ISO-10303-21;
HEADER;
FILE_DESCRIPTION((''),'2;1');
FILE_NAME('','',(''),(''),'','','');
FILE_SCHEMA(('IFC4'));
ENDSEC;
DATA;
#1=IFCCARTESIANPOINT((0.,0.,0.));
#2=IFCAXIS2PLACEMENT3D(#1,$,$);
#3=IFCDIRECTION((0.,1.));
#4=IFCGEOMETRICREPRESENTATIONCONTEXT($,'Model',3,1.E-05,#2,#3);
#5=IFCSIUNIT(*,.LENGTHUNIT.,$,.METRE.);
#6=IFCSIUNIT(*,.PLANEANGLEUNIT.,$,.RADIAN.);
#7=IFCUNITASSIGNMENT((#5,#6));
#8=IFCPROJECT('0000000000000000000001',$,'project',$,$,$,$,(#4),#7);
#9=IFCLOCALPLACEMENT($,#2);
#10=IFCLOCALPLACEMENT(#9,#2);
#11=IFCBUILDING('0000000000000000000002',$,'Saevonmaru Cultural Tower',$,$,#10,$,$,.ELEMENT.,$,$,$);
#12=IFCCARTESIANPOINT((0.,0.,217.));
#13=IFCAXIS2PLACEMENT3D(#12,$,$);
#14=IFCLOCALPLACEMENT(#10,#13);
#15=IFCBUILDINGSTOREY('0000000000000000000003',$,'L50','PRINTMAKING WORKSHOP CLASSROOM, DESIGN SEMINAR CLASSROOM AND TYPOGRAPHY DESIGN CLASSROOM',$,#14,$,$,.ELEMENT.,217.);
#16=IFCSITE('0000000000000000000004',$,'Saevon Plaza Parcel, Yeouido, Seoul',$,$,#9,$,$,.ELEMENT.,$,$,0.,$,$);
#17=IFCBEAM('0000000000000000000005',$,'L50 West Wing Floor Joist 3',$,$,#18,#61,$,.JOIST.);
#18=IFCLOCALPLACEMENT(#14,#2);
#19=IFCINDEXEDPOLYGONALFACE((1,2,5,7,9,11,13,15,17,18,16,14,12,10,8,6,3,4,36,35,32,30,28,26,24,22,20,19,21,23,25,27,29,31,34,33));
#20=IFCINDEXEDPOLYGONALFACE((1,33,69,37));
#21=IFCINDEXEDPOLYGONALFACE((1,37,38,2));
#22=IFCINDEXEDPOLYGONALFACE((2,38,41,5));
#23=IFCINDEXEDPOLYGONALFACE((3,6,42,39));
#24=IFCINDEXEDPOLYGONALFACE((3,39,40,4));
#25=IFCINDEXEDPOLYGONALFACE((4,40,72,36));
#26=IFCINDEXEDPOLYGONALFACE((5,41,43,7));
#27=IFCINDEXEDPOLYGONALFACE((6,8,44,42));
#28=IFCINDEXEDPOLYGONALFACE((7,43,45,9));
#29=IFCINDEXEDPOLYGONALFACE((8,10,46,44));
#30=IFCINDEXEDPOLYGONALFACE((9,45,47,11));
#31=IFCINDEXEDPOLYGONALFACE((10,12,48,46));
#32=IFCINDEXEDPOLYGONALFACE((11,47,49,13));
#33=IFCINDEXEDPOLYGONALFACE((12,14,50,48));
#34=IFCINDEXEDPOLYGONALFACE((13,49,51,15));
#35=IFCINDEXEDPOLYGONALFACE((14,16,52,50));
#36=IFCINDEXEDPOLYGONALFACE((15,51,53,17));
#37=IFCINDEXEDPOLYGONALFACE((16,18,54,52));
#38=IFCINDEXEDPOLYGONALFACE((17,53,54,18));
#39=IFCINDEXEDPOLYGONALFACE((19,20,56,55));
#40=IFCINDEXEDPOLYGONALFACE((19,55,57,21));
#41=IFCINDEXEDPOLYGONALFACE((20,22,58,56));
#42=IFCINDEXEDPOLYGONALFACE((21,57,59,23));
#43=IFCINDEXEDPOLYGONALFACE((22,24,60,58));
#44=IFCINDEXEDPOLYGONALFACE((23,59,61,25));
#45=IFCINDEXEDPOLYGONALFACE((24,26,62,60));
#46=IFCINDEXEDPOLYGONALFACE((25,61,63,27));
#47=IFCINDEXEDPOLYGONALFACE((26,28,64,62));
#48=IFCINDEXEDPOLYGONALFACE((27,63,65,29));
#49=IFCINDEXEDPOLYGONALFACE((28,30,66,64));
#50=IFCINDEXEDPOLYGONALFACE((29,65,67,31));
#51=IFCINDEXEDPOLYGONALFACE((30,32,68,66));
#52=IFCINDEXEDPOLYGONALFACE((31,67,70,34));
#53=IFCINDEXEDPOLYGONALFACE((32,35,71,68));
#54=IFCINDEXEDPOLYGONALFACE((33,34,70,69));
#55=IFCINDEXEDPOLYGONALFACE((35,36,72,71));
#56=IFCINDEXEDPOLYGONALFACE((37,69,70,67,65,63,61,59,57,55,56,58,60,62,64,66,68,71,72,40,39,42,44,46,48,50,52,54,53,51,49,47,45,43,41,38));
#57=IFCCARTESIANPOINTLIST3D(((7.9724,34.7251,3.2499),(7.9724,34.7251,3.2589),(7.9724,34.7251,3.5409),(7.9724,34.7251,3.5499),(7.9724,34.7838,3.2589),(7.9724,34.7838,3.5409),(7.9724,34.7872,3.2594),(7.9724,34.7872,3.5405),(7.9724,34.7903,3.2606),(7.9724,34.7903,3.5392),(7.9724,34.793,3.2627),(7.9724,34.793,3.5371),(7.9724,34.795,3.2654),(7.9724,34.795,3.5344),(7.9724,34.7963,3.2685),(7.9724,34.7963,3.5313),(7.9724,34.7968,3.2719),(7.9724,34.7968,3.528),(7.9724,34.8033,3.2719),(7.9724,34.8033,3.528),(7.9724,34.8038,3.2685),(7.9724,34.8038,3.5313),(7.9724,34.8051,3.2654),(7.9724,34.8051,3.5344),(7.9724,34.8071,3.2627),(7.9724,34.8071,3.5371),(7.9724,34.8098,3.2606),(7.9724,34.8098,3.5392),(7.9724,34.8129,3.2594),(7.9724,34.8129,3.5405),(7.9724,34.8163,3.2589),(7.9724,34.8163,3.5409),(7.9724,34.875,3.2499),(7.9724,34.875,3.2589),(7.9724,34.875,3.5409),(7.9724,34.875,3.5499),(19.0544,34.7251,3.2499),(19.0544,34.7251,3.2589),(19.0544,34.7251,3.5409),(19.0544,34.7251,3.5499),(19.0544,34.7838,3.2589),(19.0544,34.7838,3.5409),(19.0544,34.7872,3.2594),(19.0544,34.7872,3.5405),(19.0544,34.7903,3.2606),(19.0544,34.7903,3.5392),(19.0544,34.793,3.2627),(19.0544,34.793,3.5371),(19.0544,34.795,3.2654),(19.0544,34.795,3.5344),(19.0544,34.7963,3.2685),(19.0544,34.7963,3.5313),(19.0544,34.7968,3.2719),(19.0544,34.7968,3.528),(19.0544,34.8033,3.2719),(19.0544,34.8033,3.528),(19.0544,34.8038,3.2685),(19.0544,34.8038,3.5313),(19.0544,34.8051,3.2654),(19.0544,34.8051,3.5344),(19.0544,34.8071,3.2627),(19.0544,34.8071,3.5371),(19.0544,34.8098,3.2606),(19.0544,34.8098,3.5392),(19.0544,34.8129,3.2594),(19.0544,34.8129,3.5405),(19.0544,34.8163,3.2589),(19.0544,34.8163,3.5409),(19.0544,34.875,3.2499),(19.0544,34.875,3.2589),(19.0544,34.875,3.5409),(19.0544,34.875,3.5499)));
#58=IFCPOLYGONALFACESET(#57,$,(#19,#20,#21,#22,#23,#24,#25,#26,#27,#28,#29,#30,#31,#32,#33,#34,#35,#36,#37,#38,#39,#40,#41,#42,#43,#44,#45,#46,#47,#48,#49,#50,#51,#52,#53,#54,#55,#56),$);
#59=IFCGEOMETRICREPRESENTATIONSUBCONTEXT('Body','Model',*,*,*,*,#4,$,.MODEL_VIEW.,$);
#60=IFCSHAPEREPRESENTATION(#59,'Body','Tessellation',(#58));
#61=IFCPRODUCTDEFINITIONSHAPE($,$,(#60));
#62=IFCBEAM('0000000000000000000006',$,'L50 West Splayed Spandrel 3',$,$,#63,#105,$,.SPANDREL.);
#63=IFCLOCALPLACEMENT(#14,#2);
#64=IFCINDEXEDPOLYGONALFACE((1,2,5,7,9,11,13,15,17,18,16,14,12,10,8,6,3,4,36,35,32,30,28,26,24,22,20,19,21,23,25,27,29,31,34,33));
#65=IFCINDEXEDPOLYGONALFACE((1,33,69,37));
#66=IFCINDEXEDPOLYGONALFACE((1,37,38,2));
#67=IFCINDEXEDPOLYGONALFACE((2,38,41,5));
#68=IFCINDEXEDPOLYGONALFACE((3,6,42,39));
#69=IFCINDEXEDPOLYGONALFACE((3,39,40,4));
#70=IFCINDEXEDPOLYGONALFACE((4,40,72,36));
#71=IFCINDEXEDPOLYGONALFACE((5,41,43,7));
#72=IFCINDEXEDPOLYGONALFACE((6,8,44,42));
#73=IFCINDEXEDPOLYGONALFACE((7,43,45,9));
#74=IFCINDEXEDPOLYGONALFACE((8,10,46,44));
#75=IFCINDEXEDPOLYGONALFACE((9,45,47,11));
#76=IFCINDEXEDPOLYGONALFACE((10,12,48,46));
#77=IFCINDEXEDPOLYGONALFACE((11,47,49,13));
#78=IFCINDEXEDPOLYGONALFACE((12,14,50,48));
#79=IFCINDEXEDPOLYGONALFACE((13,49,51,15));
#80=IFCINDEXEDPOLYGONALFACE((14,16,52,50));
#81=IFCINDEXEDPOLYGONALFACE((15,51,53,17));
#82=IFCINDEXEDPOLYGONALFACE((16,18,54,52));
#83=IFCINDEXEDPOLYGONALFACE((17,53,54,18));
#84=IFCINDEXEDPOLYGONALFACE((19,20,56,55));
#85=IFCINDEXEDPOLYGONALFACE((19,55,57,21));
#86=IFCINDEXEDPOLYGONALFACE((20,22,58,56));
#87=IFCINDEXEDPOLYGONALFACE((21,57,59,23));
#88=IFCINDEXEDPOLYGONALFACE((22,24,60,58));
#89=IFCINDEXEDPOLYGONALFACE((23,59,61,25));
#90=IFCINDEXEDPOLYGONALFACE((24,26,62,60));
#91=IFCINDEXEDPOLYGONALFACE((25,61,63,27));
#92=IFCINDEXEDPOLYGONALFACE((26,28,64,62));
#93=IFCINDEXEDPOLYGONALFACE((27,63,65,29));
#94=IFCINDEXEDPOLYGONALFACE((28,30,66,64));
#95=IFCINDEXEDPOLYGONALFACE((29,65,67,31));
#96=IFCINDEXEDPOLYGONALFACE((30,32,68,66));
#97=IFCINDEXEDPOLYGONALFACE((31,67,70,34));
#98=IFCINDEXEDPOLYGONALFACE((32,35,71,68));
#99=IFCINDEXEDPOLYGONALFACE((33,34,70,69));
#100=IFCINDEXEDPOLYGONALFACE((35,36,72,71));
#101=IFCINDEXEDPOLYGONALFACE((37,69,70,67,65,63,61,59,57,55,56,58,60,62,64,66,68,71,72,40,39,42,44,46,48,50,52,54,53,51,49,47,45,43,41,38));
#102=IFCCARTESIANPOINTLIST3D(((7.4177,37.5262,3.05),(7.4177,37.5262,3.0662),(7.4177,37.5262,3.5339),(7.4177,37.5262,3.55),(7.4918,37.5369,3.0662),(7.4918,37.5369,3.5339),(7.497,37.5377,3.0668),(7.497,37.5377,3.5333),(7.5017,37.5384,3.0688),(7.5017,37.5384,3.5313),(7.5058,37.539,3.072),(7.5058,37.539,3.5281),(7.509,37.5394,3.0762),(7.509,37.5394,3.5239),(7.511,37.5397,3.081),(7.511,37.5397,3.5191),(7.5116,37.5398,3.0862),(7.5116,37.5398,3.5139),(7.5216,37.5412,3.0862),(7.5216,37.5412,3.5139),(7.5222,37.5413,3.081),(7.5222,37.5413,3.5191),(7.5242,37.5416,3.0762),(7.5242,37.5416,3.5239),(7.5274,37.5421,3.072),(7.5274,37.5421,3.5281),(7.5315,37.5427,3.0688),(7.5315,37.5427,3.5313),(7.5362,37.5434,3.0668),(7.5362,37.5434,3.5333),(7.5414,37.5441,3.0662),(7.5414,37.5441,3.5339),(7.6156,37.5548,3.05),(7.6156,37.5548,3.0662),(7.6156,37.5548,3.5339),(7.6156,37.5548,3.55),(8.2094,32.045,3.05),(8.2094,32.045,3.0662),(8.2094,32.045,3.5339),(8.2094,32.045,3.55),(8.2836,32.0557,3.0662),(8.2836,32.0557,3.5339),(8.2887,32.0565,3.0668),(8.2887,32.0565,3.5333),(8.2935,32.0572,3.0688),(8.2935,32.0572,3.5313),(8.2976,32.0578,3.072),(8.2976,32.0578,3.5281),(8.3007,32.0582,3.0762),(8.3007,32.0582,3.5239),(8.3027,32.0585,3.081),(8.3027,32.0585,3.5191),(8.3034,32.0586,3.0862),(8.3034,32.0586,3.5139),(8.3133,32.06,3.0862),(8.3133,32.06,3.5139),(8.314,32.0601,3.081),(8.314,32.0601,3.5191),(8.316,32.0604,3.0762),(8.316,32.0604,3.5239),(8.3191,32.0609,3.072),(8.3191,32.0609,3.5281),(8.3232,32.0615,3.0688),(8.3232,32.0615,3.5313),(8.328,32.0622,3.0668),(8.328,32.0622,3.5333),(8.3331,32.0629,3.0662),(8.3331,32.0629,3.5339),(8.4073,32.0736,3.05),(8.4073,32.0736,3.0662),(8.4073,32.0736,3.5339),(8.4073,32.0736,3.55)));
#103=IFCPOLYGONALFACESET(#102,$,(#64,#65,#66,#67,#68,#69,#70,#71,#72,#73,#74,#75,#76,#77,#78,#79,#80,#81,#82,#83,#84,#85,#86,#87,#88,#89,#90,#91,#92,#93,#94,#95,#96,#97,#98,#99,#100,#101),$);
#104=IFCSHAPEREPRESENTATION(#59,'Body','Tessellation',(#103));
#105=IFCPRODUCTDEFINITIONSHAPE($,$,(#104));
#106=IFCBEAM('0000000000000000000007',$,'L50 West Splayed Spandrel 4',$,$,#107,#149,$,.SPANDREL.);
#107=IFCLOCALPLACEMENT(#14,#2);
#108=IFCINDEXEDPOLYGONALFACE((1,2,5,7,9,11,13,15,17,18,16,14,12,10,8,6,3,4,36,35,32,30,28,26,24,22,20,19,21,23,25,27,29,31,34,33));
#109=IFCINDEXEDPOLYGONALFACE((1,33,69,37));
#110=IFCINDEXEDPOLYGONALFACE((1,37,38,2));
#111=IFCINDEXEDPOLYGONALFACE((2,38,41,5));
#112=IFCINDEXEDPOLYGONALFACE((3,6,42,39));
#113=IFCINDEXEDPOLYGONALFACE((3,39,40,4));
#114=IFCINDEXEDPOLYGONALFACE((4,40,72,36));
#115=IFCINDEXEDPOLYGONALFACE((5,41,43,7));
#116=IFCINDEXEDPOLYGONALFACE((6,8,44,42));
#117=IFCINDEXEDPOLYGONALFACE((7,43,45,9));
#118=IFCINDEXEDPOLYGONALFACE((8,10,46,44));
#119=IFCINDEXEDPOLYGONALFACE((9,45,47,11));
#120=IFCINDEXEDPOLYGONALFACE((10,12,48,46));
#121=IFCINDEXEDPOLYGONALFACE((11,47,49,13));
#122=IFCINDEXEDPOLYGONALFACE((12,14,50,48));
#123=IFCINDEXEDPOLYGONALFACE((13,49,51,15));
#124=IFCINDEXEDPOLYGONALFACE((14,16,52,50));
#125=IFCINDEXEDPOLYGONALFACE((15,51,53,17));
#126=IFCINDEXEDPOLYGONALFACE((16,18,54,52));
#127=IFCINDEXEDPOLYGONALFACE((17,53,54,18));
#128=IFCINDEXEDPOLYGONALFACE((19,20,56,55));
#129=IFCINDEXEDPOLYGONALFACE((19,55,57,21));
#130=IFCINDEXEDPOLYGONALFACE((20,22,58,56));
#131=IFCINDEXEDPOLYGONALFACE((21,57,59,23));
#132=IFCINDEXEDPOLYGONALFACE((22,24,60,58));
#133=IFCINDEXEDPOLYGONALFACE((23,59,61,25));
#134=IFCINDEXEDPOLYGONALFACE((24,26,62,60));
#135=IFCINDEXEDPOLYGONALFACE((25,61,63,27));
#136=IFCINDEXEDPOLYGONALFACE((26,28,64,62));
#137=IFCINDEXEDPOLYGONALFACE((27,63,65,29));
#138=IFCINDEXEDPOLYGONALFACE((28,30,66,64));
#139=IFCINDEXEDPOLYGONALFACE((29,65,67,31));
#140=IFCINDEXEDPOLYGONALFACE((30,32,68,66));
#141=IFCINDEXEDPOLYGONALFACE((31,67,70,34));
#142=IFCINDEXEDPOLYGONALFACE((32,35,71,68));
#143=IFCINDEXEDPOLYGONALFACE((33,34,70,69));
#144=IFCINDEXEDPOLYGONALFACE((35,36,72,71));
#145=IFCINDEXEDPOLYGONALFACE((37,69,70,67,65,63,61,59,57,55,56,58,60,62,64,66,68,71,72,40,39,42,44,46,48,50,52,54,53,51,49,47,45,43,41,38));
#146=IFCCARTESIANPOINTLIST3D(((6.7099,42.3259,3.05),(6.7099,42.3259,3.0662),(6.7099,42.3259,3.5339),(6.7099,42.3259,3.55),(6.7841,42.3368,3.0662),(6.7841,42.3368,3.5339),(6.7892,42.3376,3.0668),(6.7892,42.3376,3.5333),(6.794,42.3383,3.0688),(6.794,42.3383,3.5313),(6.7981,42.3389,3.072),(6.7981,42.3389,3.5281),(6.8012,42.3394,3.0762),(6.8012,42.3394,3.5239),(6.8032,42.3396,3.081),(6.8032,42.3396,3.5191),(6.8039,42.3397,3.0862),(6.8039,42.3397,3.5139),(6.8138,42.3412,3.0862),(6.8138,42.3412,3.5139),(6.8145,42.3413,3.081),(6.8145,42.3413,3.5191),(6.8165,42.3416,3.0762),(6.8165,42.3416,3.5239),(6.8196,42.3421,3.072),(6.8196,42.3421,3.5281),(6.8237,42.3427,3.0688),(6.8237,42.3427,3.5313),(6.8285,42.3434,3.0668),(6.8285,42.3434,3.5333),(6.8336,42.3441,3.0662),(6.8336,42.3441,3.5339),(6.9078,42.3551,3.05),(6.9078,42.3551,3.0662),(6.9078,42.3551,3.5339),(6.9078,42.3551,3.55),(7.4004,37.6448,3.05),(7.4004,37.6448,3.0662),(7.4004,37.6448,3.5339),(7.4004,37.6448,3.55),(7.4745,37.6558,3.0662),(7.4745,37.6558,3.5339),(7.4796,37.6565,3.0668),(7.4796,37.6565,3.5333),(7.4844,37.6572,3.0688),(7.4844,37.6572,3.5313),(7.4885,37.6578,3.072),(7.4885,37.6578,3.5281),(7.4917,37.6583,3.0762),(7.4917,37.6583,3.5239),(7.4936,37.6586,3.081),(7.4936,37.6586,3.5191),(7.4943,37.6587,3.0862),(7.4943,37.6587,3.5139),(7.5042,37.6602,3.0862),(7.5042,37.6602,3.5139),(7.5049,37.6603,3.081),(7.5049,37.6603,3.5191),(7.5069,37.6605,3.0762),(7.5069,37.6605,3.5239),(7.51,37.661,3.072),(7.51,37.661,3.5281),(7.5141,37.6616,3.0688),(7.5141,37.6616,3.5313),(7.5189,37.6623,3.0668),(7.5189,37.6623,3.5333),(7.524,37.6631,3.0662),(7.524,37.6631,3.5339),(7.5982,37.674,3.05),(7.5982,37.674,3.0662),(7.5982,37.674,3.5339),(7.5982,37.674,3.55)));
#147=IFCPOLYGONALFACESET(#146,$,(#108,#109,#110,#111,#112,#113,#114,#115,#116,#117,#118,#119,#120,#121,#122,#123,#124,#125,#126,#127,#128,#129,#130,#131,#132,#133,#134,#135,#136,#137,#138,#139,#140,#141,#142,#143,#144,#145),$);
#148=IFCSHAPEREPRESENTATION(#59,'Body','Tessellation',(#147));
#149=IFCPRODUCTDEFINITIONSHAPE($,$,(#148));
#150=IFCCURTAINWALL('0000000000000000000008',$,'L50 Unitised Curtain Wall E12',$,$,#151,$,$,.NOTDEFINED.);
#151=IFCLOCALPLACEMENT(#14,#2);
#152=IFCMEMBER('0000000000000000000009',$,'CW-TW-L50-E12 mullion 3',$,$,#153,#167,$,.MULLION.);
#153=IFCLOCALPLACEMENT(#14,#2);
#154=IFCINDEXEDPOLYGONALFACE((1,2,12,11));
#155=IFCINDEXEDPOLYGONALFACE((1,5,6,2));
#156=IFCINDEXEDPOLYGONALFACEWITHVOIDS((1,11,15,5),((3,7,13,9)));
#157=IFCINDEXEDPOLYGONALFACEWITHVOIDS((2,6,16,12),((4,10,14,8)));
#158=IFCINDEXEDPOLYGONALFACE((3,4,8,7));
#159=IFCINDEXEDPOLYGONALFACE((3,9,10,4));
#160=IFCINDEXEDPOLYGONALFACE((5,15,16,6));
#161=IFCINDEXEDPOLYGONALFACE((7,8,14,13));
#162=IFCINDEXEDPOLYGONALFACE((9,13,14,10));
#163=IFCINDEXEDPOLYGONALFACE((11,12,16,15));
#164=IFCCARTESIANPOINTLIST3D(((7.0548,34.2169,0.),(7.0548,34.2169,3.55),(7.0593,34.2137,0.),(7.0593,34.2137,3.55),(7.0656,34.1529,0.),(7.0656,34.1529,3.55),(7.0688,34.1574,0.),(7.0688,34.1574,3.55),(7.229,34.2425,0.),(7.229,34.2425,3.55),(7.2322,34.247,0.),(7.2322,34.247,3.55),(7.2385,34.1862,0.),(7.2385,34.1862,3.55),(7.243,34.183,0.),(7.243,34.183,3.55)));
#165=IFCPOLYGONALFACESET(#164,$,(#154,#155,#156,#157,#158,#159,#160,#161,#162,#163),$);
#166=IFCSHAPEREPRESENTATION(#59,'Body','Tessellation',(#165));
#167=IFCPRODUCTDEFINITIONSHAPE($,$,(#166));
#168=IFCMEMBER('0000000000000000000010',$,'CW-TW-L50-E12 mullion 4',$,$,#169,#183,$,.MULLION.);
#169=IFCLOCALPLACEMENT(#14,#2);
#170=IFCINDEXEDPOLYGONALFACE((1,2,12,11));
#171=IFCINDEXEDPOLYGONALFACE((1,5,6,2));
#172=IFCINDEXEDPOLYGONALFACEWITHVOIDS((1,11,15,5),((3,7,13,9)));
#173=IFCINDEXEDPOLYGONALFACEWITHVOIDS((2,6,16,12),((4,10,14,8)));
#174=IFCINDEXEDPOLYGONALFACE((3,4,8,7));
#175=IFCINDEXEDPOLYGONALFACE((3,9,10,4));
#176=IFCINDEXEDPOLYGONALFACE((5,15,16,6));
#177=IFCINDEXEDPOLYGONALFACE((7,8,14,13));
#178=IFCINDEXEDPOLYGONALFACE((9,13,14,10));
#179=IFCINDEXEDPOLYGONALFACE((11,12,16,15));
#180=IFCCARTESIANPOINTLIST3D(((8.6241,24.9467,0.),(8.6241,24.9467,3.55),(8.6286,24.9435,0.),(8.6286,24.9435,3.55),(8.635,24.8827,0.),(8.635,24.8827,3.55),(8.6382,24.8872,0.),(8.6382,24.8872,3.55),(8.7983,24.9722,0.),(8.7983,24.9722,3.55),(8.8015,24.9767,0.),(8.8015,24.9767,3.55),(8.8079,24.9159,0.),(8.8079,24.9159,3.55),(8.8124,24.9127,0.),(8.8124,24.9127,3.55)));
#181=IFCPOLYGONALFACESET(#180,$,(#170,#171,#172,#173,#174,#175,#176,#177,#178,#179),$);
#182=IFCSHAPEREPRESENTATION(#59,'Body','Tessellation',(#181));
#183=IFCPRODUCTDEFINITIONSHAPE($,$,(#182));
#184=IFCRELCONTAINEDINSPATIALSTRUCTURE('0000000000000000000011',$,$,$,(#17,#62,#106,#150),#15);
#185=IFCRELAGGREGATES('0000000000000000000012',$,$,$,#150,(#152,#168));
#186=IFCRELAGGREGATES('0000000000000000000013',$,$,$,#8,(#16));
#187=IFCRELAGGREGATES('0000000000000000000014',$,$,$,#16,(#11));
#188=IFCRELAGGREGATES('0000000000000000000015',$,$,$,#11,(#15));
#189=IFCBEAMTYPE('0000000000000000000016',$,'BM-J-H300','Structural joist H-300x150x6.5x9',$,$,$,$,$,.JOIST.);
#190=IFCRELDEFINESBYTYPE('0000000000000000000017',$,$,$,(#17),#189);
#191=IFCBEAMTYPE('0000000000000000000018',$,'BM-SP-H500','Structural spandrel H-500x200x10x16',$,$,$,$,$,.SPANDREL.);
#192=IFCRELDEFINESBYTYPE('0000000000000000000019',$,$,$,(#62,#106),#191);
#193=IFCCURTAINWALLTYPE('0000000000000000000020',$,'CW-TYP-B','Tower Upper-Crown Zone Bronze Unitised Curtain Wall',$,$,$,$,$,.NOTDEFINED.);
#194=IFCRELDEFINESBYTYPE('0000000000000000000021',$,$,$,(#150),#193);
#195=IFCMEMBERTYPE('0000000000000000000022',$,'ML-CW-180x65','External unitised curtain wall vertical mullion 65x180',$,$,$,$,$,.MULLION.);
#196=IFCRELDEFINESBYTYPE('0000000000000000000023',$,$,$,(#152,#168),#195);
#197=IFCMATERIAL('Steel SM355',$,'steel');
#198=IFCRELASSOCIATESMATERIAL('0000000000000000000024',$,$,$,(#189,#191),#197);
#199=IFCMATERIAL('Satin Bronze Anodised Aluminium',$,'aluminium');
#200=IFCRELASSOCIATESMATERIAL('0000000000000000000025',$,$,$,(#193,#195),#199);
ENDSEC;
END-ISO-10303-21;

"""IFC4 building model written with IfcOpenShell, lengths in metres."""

from ifc_helpers import new_model, si_unit, direction, frame, origin, origin_2d, place, context, subcontext, project, spatial, hollow_rectangle, i_section, extrude, material, material_profile, profile_set, type_object, element, aggregate, save


model = new_model("IFC4")

# Units and contexts
model_context = context("Model", 3, precision=1e-05, world=origin(), true_north=direction((0.0, 1.0)))
body_context = subcontext(model_context, "Body", "Model", "MODEL_VIEW")
ifc_project = project(units=[si_unit("LENGTHUNIT", "METRE"), si_unit("PLANEANGLEUNIT", "RADIAN")], contexts=[model_context])

# Site, building, storey
site_placement = place(None, origin())
site = spatial("IfcSite", under=ifc_project, at=site_placement, Name="Saevon Plaza Parcel, Yeouido, Seoul", CompositionType="ELEMENT", RefElevation=0.0)
building_placement = place(site_placement, origin())
building = spatial("IfcBuilding", under=site, at=building_placement, Name="Saevonmaru Cultural Tower", CompositionType="ELEMENT")
storey_placement = place(building_placement, frame((0.0, 0.0, 217.0)))
storey = spatial("IfcBuildingStorey", under=building, at=storey_placement, Name="L50", Description="PRINTMAKING WORKSHOP CLASSROOM, DESIGN SEMINAR CLASSROOM AND TYPOGRAPHY DESIGN CLASSROOM", CompositionType="ELEMENT", Elevation=217.0)

# Beams
ifc_material_1 = material(Name="Steel SM355", Category="steel")
ifc_material_profile_1 = material_profile(ifc_material_1, i_section(OverallWidth=0.1499, OverallDepth=0.3, WebThickness=0.0066, FlangeThickness=0.009, FilletRadius=0.0129, at=origin_2d()), Name="H-300x150x6.5x9")
ifc_profile_set_1 = profile_set([ifc_material_profile_1], Name="Steel SM355")
beam_type_1 = type_object("IfcBeamType", Name="BM-J-H300", Description="Structural joist H-300x150x6.5x9", PredefinedType="JOIST", material=ifc_profile_set_1)
for number, where, z_axis, x_axis, name in (
    (1, (7.9724, 34.8, 3.3999), (1.0, 0.0, 0.0), (0.0, 1.0, 0.0), "L50 West Wing Floor Joist 3"),
):
    element("IfcBeam", number, at=place(storey_placement, frame(where, z_axis=z_axis, x_axis=x_axis)), inside=storey, type_object=beam_type_1, Name=name, PredefinedType="JOIST", context=body_context, shape_type="SweptSolid", body=[
        extrude(i_section(OverallWidth=0.1499, OverallDepth=0.3, WebThickness=0.0066, FlangeThickness=0.009, FilletRadius=0.0129, at=origin_2d()), origin(), (0.0, 0.0, 1.0), 11.082),
    ])
ifc_material_profile_2 = material_profile(ifc_material_1, i_section(OverallWidth=0.2, OverallDepth=0.5, WebThickness=0.01, FlangeThickness=0.0161, FilletRadius=0.02, at=origin_2d()), Name="H-500x200x10x16")
ifc_profile_set_2 = profile_set([ifc_material_profile_2], Name="Steel SM355")
beam_type_2 = type_object("IfcBeamType", Name="BM-SP-H500", Description="Structural spandrel H-500x200x10x16", PredefinedType="SPANDREL", material=ifc_profile_set_2)
beam_1_placement = place(storey_placement, frame((8.3083, 32.0593, 3.3), z_axis=(-0.142964, 0.989728, 0.0), x_axis=(-0.989728, -0.142964, 0.0)))
element("IfcBeam", 2, at=beam_1_placement, inside=storey, type_object=beam_type_2, Name="L50 West Splayed Spandrel 3", PredefinedType="SPANDREL", context=body_context, shape_type="SweptSolid", body=[
    extrude(i_section(OverallWidth=0.2, OverallDepth=0.5, WebThickness=0.01, FlangeThickness=0.0161, FilletRadius=0.02, at=origin_2d()), origin(), (0.0, 0.0, 1.0), 5.5381),
])
beam_2_placement = place(storey_placement, frame((7.4993, 37.6594, 3.3), z_axis=(-0.145913, 0.989297, 0.0), x_axis=(-0.989297, -0.145913, 0.0)))
element("IfcBeam", 3, at=beam_2_placement, inside=storey, type_object=beam_type_2, Name="L50 West Splayed Spandrel 4", PredefinedType="SPANDREL", context=body_context, shape_type="SweptSolid", body=[
    extrude(i_section(OverallWidth=0.2, OverallDepth=0.5, WebThickness=0.01, FlangeThickness=0.0161, FilletRadius=0.02, at=origin_2d()), origin(), (0.0, 0.0, 1.0), 4.7317),
])

# Curtain wall, members
ifc_material_2 = material(Name="Satin Bronze Anodised Aluminium", Category="aluminium")
curtain_wall_type = type_object("IfcCurtainWallType", Name="CW-TYP-B", Description="Tower Upper-Crown Zone Bronze Unitised Curtain Wall", PredefinedType="NOTDEFINED", material=ifc_material_2)
curtain_wall_placement = place(storey_placement, origin())
curtain_wall = element("IfcCurtainWall", 4, at=curtain_wall_placement, inside=storey, type_object=curtain_wall_type, Name="L50 Unitised Curtain Wall E12", PredefinedType="NOTDEFINED")
ifc_material_profile_3 = material_profile(ifc_material_2, hollow_rectangle(XDim=0.0649, YDim=0.1799, WallThickness=0.0039, at=origin_2d()), Name="ALU-MULL-180x65x4")
ifc_profile_set_3 = profile_set([ifc_material_profile_3], Name="Satin Bronze Anodised Aluminium")
member_type_1 = type_object("IfcMemberType", Name="ML-CW-180x65", Description="External unitised curtain wall vertical mullion 65x180", PredefinedType="MULLION", material=ifc_profile_set_3)
member_1_placement = place(storey_placement, frame((7.1489, 34.2, 0.0), z_axis=(0.0, 0.0, 1.0), x_axis=(0.166922, -0.98597, 0.0)))
member_1 = element("IfcMember", 5, at=member_1_placement, type_object=member_type_1, Name="CW-TW-L50-E12 mullion 3", PredefinedType="MULLION", context=body_context, shape_type="SweptSolid", body=[
    extrude(hollow_rectangle(XDim=0.0649, YDim=0.1799, WallThickness=0.0039, at=origin_2d()), origin(), (0.0, 0.0, 1.0), 3.55),
])
member_2_placement = place(storey_placement, frame((8.7183, 24.9297, 0.0), z_axis=(0.0, 0.0, 1.0), x_axis=(0.166922, -0.98597, 0.0)))
member_2 = element("IfcMember", 6, at=member_2_placement, type_object=member_type_1, Name="CW-TW-L50-E12 mullion 4", PredefinedType="MULLION", context=body_context, shape_type="SweptSolid", body=[
    extrude(hollow_rectangle(XDim=0.0649, YDim=0.1799, WallThickness=0.0039, at=origin_2d()), origin(), (0.0, 0.0, 1.0), 3.55),
])
aggregate(curtain_wall, [member_1, member_2])

save(model, "model.ifc")
